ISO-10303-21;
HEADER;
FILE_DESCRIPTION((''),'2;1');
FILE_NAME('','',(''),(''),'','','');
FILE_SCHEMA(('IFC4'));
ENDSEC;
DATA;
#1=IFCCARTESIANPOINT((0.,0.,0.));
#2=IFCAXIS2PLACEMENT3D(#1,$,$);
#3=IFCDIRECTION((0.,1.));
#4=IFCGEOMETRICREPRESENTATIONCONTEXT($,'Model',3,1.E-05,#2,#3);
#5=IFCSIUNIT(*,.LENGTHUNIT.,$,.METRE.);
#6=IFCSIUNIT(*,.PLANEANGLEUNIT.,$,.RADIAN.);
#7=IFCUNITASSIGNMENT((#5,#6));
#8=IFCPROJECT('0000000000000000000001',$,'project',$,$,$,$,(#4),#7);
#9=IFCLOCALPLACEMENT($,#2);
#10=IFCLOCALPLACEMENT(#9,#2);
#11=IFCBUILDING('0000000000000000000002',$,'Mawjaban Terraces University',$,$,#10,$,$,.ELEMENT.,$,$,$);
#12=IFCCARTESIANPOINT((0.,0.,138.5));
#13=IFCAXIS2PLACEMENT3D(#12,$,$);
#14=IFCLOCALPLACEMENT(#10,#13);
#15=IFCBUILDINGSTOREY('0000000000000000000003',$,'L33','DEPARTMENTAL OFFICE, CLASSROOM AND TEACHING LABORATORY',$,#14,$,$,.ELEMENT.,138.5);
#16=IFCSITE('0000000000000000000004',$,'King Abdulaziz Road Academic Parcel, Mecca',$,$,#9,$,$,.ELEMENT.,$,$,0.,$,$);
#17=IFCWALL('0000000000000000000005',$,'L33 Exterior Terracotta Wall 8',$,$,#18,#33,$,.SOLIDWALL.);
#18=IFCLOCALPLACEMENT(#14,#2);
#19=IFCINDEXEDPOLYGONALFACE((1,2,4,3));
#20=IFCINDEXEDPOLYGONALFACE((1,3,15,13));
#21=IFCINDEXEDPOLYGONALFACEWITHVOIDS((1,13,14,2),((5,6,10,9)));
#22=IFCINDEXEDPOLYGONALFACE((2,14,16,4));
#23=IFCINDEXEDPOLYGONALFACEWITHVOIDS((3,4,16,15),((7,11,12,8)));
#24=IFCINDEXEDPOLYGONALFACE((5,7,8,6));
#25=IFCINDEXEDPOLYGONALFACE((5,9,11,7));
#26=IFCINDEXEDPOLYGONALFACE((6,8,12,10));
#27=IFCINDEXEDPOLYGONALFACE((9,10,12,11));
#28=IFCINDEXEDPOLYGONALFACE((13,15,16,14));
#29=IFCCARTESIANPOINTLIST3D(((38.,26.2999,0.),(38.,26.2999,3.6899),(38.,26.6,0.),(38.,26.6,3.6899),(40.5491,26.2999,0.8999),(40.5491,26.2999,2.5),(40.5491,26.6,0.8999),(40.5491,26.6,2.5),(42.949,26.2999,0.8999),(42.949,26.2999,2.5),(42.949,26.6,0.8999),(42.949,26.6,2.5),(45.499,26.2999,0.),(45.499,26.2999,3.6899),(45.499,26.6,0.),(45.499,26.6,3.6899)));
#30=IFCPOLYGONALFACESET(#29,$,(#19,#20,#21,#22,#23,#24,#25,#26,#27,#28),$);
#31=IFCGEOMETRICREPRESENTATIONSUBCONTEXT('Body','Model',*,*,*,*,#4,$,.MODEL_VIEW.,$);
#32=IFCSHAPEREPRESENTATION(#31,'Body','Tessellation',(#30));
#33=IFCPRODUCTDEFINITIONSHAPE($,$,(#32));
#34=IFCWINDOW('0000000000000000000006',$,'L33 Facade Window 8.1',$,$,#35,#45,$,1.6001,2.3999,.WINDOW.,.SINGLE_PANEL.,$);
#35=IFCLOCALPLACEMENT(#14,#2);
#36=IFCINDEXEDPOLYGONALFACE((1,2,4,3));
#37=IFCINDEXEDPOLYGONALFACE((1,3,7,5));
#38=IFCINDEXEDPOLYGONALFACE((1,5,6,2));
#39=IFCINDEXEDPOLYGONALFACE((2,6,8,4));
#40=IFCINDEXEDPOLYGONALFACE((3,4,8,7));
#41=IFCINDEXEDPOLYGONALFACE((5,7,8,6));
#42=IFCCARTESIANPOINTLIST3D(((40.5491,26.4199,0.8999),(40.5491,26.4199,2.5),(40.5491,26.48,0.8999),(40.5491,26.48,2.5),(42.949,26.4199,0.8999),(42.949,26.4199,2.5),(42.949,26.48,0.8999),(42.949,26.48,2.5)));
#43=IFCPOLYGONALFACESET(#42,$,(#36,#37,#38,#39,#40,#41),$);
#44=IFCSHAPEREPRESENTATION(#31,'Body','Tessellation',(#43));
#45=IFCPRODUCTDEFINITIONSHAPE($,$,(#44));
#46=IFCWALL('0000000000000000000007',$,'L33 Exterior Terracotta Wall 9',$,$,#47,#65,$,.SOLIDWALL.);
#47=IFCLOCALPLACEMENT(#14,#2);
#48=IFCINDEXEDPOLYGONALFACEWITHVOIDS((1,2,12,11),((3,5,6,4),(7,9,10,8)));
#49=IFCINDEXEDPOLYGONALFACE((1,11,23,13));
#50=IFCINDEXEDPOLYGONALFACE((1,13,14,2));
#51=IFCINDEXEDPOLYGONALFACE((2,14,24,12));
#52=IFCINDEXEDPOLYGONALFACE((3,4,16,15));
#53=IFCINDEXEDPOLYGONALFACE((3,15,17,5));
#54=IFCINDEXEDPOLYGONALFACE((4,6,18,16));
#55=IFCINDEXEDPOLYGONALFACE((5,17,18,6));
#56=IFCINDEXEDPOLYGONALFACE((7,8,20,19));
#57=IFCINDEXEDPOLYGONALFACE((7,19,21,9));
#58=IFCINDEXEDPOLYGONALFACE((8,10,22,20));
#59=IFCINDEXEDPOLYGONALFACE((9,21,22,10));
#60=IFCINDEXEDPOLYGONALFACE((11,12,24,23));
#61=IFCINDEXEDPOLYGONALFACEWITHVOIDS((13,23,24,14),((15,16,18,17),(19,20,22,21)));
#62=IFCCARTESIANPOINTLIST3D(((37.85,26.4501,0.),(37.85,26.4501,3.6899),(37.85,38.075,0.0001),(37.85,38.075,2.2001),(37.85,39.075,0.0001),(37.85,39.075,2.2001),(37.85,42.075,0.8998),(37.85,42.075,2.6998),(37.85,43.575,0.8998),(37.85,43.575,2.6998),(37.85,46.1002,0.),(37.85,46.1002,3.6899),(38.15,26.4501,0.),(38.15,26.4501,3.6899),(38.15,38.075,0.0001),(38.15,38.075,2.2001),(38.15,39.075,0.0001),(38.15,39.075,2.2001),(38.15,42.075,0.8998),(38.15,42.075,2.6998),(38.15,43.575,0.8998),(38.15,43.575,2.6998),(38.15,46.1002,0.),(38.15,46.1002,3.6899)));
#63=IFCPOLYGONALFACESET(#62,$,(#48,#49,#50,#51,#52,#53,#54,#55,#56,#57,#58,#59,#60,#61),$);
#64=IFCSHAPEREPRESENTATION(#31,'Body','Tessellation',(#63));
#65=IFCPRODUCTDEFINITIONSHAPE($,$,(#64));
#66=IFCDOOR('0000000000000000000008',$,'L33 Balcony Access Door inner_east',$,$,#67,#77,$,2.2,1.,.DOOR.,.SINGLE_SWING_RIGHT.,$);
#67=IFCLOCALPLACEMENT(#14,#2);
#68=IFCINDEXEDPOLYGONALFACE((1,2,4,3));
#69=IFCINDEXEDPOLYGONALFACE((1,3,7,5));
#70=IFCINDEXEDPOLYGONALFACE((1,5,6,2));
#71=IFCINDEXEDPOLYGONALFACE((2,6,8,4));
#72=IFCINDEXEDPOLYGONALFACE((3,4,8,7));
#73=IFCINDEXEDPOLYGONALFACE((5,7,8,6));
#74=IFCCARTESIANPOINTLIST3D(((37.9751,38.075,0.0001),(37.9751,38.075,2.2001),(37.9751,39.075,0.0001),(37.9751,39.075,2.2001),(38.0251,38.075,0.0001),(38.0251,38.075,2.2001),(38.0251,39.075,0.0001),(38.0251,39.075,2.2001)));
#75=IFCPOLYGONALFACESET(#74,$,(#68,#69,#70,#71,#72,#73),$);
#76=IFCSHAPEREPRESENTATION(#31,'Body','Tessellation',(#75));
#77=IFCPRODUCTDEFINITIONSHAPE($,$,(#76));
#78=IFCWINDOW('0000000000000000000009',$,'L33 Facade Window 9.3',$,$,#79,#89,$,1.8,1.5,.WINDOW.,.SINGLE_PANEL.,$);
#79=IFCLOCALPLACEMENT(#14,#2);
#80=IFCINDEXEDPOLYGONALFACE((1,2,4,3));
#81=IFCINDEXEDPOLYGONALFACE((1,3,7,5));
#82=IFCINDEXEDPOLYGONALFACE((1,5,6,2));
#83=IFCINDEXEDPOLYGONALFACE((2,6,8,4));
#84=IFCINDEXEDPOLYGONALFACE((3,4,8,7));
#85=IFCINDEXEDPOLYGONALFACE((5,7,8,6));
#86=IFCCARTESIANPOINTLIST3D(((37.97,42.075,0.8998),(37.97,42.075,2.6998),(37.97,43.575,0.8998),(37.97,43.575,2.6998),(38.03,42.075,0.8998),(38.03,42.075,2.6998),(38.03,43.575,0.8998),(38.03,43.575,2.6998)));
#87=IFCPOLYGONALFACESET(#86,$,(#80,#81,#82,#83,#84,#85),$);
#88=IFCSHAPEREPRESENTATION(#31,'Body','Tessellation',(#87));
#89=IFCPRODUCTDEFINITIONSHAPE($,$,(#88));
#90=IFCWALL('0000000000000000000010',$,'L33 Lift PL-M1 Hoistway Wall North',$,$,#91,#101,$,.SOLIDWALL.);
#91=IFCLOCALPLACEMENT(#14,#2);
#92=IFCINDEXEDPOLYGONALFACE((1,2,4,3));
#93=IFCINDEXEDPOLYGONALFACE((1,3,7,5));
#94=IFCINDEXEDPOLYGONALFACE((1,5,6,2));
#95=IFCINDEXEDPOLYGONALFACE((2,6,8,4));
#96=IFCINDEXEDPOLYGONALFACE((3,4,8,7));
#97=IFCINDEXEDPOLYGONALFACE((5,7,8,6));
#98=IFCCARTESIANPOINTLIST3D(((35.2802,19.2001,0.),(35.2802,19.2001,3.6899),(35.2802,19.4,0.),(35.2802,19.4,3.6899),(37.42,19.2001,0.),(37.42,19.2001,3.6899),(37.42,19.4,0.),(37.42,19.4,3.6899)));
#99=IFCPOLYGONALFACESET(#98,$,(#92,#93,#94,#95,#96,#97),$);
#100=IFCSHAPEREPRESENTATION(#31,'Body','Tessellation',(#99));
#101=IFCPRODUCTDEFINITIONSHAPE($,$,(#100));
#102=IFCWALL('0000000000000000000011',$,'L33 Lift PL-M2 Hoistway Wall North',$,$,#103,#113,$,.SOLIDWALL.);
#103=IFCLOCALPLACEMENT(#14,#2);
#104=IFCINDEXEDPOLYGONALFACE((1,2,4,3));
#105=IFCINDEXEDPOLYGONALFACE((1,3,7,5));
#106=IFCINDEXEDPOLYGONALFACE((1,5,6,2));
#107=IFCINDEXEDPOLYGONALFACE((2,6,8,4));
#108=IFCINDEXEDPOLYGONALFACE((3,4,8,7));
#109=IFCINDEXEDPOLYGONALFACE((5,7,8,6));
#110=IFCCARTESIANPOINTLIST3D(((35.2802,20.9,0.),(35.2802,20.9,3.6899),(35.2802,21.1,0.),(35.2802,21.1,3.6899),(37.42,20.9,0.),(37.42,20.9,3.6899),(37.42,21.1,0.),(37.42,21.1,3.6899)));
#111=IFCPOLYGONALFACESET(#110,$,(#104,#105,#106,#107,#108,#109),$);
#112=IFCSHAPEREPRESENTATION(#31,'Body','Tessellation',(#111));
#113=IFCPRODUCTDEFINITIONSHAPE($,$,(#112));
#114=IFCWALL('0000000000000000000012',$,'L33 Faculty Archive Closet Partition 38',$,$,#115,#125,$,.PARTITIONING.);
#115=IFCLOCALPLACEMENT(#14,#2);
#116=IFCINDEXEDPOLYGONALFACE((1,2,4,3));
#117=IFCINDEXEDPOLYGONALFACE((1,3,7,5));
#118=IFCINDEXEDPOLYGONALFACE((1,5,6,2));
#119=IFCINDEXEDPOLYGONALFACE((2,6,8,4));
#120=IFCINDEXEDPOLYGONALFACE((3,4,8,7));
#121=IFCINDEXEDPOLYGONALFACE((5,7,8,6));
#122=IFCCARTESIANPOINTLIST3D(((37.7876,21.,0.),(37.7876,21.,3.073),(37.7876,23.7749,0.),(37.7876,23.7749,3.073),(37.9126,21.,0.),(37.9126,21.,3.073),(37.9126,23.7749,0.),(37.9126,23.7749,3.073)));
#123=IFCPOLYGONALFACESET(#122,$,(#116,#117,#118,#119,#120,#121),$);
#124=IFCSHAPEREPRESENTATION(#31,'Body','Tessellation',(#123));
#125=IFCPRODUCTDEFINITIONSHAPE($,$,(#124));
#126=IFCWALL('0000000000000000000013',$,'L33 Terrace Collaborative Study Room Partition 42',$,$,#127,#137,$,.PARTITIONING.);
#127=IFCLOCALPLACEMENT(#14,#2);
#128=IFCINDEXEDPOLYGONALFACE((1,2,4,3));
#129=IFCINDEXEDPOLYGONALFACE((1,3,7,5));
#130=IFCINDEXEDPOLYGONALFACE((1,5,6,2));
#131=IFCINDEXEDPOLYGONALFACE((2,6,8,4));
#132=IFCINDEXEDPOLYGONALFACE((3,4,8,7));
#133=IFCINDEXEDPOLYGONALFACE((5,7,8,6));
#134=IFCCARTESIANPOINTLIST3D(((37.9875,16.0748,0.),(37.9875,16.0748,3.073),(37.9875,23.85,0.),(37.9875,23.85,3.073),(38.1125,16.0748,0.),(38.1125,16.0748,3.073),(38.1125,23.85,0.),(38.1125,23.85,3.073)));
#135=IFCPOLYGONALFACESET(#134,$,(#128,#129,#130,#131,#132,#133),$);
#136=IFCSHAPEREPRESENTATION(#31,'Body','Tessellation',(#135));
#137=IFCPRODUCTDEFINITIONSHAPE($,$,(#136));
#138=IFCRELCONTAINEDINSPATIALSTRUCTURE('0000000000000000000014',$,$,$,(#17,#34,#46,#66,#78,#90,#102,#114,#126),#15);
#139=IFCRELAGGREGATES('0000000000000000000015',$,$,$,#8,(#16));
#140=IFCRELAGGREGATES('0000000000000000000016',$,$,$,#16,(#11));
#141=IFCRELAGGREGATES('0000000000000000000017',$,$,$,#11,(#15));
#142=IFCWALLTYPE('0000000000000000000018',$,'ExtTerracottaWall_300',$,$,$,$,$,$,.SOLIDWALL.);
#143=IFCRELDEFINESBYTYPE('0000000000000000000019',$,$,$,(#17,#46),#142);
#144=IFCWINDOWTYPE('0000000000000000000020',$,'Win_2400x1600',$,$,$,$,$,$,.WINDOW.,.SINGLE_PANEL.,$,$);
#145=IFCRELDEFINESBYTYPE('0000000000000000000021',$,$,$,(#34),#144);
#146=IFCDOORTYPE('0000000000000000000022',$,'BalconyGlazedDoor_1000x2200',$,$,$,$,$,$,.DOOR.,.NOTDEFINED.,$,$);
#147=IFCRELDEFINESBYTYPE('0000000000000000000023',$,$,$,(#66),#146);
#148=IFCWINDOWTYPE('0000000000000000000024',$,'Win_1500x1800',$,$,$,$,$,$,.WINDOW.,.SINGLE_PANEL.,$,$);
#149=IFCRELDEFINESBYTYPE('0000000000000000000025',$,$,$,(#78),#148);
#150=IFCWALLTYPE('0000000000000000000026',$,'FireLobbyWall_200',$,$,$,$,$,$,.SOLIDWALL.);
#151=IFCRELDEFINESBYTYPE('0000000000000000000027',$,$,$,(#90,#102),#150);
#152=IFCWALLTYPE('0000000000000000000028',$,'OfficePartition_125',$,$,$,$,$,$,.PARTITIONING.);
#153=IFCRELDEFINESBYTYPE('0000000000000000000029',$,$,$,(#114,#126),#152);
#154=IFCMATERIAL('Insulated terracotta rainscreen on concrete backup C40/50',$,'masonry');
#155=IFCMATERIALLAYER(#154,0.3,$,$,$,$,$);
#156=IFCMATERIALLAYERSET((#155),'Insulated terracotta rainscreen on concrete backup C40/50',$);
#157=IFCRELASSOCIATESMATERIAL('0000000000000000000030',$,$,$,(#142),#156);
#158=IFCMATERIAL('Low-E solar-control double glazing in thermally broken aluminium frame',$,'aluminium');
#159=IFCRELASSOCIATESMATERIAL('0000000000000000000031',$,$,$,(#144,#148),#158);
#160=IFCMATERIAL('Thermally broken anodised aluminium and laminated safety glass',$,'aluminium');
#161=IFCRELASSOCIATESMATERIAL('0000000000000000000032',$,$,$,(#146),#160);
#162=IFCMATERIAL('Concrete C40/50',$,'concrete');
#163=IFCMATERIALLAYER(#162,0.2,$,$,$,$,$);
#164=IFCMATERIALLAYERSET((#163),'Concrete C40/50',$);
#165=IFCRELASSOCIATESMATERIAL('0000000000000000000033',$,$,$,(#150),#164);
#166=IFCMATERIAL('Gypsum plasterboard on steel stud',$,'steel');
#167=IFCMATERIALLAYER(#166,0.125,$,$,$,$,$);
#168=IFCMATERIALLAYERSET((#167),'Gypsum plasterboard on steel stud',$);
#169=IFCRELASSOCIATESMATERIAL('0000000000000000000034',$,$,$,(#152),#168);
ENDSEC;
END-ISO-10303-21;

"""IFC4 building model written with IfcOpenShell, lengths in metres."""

from ifc_helpers import new_model, si_unit, direction, frame, frame_2d, origin, place, context, subcontext, project, spatial, rectangle, extrude, material, layer, layer_set, type_object, element, fill, save


model = new_model("IFC4")

# Units and contexts
model_context = context("Model", 3, precision=1e-05, world=origin(), true_north=direction((0.0, 1.0)))
body_context = subcontext(model_context, "Body", "Model", "MODEL_VIEW")
ifc_project = project(units=[si_unit("LENGTHUNIT", "METRE"), si_unit("PLANEANGLEUNIT", "RADIAN")], contexts=[model_context])

# Site, building, storey
site_placement = place(None, origin())
site = spatial("IfcSite", under=ifc_project, at=site_placement, Name="King Abdulaziz Road Academic Parcel, Mecca", CompositionType="ELEMENT", RefElevation=0.0)
building_placement = place(site_placement, origin())
building = spatial("IfcBuilding", under=site, at=building_placement, Name="Mawjaban Terraces University", CompositionType="ELEMENT")
storey_placement = place(building_placement, frame((0.0, 0.0, 138.5)))
storey = spatial("IfcBuildingStorey", under=building, at=storey_placement, Name="L33", Description="DEPARTMENTAL OFFICE, CLASSROOM AND TEACHING LABORATORY", CompositionType="ELEMENT", Elevation=138.5)

# Shared definitions
ifc_material_1 = material(Name="Insulated terracotta rainscreen on concrete backup C40/50", Category="masonry")
ifc_layer_1 = layer(ifc_material_1, 0.3)
ifc_layer_set_1 = layer_set([ifc_layer_1], Name="Insulated terracotta rainscreen on concrete backup C40/50")
wall_type_1 = type_object("IfcWallType", Name="ExtTerracottaWall_300", PredefinedType="SOLIDWALL", material=ifc_layer_set_1)

# Wall, opening, window
wall_1_placement = place(storey_placement, frame((45.499, 26.45, 0.0), z_axis=(0.0, 0.0, 1.0), x_axis=(-1.0, 0.0, 0.0)))
wall_1 = element("IfcWall", 1, at=wall_1_placement, inside=storey, type_object=wall_type_1, Name="L33 Exterior Terracotta Wall 8", PredefinedType="SOLIDWALL", context=body_context, shape_type="SweptSolid", body=[
    extrude(rectangle(XDim=7.499, YDim=0.3, at=frame_2d((3.7495, 0.0))), origin(), (0.0, 0.0, 1.0), 3.6899),
])
opening_1_placement = place(wall_1_placement, frame((2.55, 0.0, 0.8999)))
opening_1 = element("IfcOpeningElement", 2, at=opening_1_placement, cuts=wall_1, PredefinedType="OPENING", context=body_context, shape_type="SweptSolid", body=[
    extrude(rectangle(XDim=2.3999, YDim=1.6001, at=frame_2d((1.2, 0.8))), frame((0.0, 0.1599, 0.0), z_axis=(0.0, -1.0, 0.0), x_axis=(1.0, 0.0, 0.0)), (0.0, 0.0, 1.0), 0.3201),
])
ifc_material_2 = material(Name="Low-E solar-control double glazing in thermally broken aluminium frame", Category="aluminium")
window_type_1 = type_object("IfcWindowType", Name="Win_2400x1600", PartitioningType="SINGLE_PANEL", PredefinedType="WINDOW", material=ifc_material_2)
window_1_placement = place(opening_1_placement, origin())
window_1 = element("IfcWindow", 3, at=window_1_placement, inside=storey, type_object=window_type_1, Name="L33 Facade Window 8.1", OverallHeight=1.6001, OverallWidth=2.3999, PartitioningType="SINGLE_PANEL", PredefinedType="WINDOW", context=body_context, shape_type="SweptSolid", body=[
    extrude(rectangle(XDim=2.3999, YDim=1.6001, at=frame_2d((1.2, 0.8))), frame((0.0, 0.03, 0.0), z_axis=(0.0, -1.0, 0.0), x_axis=(1.0, 0.0, 0.0)), (0.0, 0.0, 1.0), 0.0601),
])
fill(opening_1, window_1)

# Wall, openings, door, window
wall_2_placement = place(storey_placement, frame((38.0, 26.45, 0.0), z_axis=(0.0, 0.0, 1.0), x_axis=(0.0, 1.0, 0.0)))
wall_2 = element("IfcWall", 4, at=wall_2_placement, inside=storey, type_object=wall_type_1, Name="L33 Exterior Terracotta Wall 9", PredefinedType="SOLIDWALL", context=body_context, shape_type="SweptSolid", body=[
    extrude(rectangle(XDim=19.6501, YDim=0.3, at=frame_2d((9.8252, 0.0))), origin(), (0.0, 0.0, 1.0), 3.6899),
])
opening_2_placement = place(wall_2_placement, frame((11.625, 0.0, 0.0)))
opening_2 = element("IfcOpeningElement", 5, at=opening_2_placement, cuts=wall_2, PredefinedType="OPENING", context=body_context, shape_type="SweptSolid", body=[
    extrude(rectangle(XDim=1.0, YDim=2.2, at=frame_2d((0.5, 1.1001))), frame((0.0, 0.1599, 0.0), z_axis=(0.0, -1.0, 0.0), x_axis=(1.0, 0.0, 0.0)), (0.0, 0.0, 1.0), 0.3201),
])
opening_3_placement = place(wall_2_placement, frame((15.625, 0.0, 0.8999)))
opening_3 = element("IfcOpeningElement", 6, at=opening_3_placement, cuts=wall_2, PredefinedType="OPENING", context=body_context, shape_type="SweptSolid", body=[
    extrude(rectangle(XDim=1.5, YDim=1.8, at=frame_2d((0.75, 0.8999))), frame((0.0, 0.1599, 0.0), z_axis=(0.0, -1.0, 0.0), x_axis=(1.0, 0.0, 0.0)), (0.0, 0.0, 1.0), 0.3201),
])
ifc_material_3 = material(Name="Thermally broken anodised aluminium and laminated safety glass", Category="aluminium")
door_type = type_object("IfcDoorType", Name="BalconyGlazedDoor_1000x2200", OperationType="NOTDEFINED", PredefinedType="DOOR", material=ifc_material_3)
door_placement = place(opening_2_placement, origin())
door = element("IfcDoor", 7, at=door_placement, inside=storey, type_object=door_type, Name="L33 Balcony Access Door inner_east", OperationType="SINGLE_SWING_RIGHT", OverallHeight=2.2, OverallWidth=1.0, PredefinedType="DOOR", context=body_context, shape_type="SweptSolid", body=[
    extrude(rectangle(XDim=1.0, YDim=2.2, at=frame_2d((0.5, 1.1001))), frame((0.0, 0.0249, 0.0), z_axis=(0.0, -1.0, 0.0), x_axis=(1.0, 0.0, 0.0)), (0.0, 0.0, 1.0), 0.05),
])
fill(opening_2, door)
window_type_2 = type_object("IfcWindowType", Name="Win_1500x1800", PartitioningType="SINGLE_PANEL", PredefinedType="WINDOW", material=ifc_material_2)
window_2_placement = place(opening_3_placement, origin())
window_2 = element("IfcWindow", 8, at=window_2_placement, inside=storey, type_object=window_type_2, Name="L33 Facade Window 9.3", OverallHeight=1.8, OverallWidth=1.5, PartitioningType="SINGLE_PANEL", PredefinedType="WINDOW", context=body_context, shape_type="SweptSolid", body=[
    extrude(rectangle(XDim=1.5, YDim=1.8, at=frame_2d((0.75, 0.8999))), frame((0.0, 0.03, 0.0), z_axis=(0.0, -1.0, 0.0), x_axis=(1.0, 0.0, 0.0)), (0.0, 0.0, 1.0), 0.0601),
])
fill(opening_3, window_2)

# Walls
ifc_material_4 = material(Name="Concrete C40/50", Category="concrete")
ifc_layer_2 = layer(ifc_material_4, 0.2)
ifc_layer_set_2 = layer_set([ifc_layer_2], Name="Concrete C40/50")
wall_type_2 = type_object("IfcWallType", Name="FireLobbyWall_200", PredefinedType="SOLIDWALL", material=ifc_layer_set_2)
for number, where, z_axis, x_axis, name in (
    (9, (37.4199, 19.3, 0.0), (0.0, 0.0, 1.0), (-1.0, 0.0, 0.0), "L33 Lift PL-M1 Hoistway Wall North"),
    (10, (37.4199, 21.0, 0.0), (0.0, 0.0, 1.0), (-1.0, 0.0, 0.0), "L33 Lift PL-M2 Hoistway Wall North"),
):
    element("IfcWall", number, at=place(storey_placement, frame(where, z_axis=z_axis, x_axis=x_axis)), inside=storey, type_object=wall_type_2, Name=name, PredefinedType="SOLIDWALL", context=body_context, shape_type="SweptSolid", body=[
        extrude(rectangle(XDim=2.1399, YDim=0.2, at=frame_2d((1.0698, 0.0))), origin(), (0.0, 0.0, 1.0), 3.6899),
    ])
ifc_material_5 = material(Name="Gypsum plasterboard on steel stud", Category="steel")
ifc_layer_3 = layer(ifc_material_5, 0.125)
ifc_layer_set_3 = layer_set([ifc_layer_3], Name="Gypsum plasterboard on steel stud")
wall_type_3 = type_object("IfcWallType", Name="OfficePartition_125", PredefinedType="PARTITIONING", material=ifc_layer_set_3)
wall_3_placement = place(storey_placement, frame((37.8501, 21.0, 0.0), z_axis=(0.0, 0.0, 1.0), x_axis=(0.0, 1.0, 0.0)))
element("IfcWall", 11, at=wall_3_placement, inside=storey, type_object=wall_type_3, Name="L33 Faculty Archive Closet Partition 38", PredefinedType="PARTITIONING", context=body_context, shape_type="SweptSolid", body=[
    extrude(rectangle(XDim=2.7749, YDim=0.125, at=frame_2d((1.3875, 0.0))), origin(), (0.0, 0.0, 1.0), 3.073),
])
wall_4_placement = place(storey_placement, frame((38.05, 23.8501, 0.0), z_axis=(0.0, 0.0, 1.0), x_axis=(0.0, -1.0, 0.0)))
element("IfcWall", 12, at=wall_4_placement, inside=storey, type_object=wall_type_3, Name="L33 Terrace Collaborative Study Room Partition 42", PredefinedType="PARTITIONING", context=body_context, shape_type="SweptSolid", body=[
    extrude(rectangle(XDim=7.7751, YDim=0.125, at=frame_2d((3.8877, 0.0))), origin(), (0.0, 0.0, 1.0), 3.073),
])

save(model, "model.ifc")
